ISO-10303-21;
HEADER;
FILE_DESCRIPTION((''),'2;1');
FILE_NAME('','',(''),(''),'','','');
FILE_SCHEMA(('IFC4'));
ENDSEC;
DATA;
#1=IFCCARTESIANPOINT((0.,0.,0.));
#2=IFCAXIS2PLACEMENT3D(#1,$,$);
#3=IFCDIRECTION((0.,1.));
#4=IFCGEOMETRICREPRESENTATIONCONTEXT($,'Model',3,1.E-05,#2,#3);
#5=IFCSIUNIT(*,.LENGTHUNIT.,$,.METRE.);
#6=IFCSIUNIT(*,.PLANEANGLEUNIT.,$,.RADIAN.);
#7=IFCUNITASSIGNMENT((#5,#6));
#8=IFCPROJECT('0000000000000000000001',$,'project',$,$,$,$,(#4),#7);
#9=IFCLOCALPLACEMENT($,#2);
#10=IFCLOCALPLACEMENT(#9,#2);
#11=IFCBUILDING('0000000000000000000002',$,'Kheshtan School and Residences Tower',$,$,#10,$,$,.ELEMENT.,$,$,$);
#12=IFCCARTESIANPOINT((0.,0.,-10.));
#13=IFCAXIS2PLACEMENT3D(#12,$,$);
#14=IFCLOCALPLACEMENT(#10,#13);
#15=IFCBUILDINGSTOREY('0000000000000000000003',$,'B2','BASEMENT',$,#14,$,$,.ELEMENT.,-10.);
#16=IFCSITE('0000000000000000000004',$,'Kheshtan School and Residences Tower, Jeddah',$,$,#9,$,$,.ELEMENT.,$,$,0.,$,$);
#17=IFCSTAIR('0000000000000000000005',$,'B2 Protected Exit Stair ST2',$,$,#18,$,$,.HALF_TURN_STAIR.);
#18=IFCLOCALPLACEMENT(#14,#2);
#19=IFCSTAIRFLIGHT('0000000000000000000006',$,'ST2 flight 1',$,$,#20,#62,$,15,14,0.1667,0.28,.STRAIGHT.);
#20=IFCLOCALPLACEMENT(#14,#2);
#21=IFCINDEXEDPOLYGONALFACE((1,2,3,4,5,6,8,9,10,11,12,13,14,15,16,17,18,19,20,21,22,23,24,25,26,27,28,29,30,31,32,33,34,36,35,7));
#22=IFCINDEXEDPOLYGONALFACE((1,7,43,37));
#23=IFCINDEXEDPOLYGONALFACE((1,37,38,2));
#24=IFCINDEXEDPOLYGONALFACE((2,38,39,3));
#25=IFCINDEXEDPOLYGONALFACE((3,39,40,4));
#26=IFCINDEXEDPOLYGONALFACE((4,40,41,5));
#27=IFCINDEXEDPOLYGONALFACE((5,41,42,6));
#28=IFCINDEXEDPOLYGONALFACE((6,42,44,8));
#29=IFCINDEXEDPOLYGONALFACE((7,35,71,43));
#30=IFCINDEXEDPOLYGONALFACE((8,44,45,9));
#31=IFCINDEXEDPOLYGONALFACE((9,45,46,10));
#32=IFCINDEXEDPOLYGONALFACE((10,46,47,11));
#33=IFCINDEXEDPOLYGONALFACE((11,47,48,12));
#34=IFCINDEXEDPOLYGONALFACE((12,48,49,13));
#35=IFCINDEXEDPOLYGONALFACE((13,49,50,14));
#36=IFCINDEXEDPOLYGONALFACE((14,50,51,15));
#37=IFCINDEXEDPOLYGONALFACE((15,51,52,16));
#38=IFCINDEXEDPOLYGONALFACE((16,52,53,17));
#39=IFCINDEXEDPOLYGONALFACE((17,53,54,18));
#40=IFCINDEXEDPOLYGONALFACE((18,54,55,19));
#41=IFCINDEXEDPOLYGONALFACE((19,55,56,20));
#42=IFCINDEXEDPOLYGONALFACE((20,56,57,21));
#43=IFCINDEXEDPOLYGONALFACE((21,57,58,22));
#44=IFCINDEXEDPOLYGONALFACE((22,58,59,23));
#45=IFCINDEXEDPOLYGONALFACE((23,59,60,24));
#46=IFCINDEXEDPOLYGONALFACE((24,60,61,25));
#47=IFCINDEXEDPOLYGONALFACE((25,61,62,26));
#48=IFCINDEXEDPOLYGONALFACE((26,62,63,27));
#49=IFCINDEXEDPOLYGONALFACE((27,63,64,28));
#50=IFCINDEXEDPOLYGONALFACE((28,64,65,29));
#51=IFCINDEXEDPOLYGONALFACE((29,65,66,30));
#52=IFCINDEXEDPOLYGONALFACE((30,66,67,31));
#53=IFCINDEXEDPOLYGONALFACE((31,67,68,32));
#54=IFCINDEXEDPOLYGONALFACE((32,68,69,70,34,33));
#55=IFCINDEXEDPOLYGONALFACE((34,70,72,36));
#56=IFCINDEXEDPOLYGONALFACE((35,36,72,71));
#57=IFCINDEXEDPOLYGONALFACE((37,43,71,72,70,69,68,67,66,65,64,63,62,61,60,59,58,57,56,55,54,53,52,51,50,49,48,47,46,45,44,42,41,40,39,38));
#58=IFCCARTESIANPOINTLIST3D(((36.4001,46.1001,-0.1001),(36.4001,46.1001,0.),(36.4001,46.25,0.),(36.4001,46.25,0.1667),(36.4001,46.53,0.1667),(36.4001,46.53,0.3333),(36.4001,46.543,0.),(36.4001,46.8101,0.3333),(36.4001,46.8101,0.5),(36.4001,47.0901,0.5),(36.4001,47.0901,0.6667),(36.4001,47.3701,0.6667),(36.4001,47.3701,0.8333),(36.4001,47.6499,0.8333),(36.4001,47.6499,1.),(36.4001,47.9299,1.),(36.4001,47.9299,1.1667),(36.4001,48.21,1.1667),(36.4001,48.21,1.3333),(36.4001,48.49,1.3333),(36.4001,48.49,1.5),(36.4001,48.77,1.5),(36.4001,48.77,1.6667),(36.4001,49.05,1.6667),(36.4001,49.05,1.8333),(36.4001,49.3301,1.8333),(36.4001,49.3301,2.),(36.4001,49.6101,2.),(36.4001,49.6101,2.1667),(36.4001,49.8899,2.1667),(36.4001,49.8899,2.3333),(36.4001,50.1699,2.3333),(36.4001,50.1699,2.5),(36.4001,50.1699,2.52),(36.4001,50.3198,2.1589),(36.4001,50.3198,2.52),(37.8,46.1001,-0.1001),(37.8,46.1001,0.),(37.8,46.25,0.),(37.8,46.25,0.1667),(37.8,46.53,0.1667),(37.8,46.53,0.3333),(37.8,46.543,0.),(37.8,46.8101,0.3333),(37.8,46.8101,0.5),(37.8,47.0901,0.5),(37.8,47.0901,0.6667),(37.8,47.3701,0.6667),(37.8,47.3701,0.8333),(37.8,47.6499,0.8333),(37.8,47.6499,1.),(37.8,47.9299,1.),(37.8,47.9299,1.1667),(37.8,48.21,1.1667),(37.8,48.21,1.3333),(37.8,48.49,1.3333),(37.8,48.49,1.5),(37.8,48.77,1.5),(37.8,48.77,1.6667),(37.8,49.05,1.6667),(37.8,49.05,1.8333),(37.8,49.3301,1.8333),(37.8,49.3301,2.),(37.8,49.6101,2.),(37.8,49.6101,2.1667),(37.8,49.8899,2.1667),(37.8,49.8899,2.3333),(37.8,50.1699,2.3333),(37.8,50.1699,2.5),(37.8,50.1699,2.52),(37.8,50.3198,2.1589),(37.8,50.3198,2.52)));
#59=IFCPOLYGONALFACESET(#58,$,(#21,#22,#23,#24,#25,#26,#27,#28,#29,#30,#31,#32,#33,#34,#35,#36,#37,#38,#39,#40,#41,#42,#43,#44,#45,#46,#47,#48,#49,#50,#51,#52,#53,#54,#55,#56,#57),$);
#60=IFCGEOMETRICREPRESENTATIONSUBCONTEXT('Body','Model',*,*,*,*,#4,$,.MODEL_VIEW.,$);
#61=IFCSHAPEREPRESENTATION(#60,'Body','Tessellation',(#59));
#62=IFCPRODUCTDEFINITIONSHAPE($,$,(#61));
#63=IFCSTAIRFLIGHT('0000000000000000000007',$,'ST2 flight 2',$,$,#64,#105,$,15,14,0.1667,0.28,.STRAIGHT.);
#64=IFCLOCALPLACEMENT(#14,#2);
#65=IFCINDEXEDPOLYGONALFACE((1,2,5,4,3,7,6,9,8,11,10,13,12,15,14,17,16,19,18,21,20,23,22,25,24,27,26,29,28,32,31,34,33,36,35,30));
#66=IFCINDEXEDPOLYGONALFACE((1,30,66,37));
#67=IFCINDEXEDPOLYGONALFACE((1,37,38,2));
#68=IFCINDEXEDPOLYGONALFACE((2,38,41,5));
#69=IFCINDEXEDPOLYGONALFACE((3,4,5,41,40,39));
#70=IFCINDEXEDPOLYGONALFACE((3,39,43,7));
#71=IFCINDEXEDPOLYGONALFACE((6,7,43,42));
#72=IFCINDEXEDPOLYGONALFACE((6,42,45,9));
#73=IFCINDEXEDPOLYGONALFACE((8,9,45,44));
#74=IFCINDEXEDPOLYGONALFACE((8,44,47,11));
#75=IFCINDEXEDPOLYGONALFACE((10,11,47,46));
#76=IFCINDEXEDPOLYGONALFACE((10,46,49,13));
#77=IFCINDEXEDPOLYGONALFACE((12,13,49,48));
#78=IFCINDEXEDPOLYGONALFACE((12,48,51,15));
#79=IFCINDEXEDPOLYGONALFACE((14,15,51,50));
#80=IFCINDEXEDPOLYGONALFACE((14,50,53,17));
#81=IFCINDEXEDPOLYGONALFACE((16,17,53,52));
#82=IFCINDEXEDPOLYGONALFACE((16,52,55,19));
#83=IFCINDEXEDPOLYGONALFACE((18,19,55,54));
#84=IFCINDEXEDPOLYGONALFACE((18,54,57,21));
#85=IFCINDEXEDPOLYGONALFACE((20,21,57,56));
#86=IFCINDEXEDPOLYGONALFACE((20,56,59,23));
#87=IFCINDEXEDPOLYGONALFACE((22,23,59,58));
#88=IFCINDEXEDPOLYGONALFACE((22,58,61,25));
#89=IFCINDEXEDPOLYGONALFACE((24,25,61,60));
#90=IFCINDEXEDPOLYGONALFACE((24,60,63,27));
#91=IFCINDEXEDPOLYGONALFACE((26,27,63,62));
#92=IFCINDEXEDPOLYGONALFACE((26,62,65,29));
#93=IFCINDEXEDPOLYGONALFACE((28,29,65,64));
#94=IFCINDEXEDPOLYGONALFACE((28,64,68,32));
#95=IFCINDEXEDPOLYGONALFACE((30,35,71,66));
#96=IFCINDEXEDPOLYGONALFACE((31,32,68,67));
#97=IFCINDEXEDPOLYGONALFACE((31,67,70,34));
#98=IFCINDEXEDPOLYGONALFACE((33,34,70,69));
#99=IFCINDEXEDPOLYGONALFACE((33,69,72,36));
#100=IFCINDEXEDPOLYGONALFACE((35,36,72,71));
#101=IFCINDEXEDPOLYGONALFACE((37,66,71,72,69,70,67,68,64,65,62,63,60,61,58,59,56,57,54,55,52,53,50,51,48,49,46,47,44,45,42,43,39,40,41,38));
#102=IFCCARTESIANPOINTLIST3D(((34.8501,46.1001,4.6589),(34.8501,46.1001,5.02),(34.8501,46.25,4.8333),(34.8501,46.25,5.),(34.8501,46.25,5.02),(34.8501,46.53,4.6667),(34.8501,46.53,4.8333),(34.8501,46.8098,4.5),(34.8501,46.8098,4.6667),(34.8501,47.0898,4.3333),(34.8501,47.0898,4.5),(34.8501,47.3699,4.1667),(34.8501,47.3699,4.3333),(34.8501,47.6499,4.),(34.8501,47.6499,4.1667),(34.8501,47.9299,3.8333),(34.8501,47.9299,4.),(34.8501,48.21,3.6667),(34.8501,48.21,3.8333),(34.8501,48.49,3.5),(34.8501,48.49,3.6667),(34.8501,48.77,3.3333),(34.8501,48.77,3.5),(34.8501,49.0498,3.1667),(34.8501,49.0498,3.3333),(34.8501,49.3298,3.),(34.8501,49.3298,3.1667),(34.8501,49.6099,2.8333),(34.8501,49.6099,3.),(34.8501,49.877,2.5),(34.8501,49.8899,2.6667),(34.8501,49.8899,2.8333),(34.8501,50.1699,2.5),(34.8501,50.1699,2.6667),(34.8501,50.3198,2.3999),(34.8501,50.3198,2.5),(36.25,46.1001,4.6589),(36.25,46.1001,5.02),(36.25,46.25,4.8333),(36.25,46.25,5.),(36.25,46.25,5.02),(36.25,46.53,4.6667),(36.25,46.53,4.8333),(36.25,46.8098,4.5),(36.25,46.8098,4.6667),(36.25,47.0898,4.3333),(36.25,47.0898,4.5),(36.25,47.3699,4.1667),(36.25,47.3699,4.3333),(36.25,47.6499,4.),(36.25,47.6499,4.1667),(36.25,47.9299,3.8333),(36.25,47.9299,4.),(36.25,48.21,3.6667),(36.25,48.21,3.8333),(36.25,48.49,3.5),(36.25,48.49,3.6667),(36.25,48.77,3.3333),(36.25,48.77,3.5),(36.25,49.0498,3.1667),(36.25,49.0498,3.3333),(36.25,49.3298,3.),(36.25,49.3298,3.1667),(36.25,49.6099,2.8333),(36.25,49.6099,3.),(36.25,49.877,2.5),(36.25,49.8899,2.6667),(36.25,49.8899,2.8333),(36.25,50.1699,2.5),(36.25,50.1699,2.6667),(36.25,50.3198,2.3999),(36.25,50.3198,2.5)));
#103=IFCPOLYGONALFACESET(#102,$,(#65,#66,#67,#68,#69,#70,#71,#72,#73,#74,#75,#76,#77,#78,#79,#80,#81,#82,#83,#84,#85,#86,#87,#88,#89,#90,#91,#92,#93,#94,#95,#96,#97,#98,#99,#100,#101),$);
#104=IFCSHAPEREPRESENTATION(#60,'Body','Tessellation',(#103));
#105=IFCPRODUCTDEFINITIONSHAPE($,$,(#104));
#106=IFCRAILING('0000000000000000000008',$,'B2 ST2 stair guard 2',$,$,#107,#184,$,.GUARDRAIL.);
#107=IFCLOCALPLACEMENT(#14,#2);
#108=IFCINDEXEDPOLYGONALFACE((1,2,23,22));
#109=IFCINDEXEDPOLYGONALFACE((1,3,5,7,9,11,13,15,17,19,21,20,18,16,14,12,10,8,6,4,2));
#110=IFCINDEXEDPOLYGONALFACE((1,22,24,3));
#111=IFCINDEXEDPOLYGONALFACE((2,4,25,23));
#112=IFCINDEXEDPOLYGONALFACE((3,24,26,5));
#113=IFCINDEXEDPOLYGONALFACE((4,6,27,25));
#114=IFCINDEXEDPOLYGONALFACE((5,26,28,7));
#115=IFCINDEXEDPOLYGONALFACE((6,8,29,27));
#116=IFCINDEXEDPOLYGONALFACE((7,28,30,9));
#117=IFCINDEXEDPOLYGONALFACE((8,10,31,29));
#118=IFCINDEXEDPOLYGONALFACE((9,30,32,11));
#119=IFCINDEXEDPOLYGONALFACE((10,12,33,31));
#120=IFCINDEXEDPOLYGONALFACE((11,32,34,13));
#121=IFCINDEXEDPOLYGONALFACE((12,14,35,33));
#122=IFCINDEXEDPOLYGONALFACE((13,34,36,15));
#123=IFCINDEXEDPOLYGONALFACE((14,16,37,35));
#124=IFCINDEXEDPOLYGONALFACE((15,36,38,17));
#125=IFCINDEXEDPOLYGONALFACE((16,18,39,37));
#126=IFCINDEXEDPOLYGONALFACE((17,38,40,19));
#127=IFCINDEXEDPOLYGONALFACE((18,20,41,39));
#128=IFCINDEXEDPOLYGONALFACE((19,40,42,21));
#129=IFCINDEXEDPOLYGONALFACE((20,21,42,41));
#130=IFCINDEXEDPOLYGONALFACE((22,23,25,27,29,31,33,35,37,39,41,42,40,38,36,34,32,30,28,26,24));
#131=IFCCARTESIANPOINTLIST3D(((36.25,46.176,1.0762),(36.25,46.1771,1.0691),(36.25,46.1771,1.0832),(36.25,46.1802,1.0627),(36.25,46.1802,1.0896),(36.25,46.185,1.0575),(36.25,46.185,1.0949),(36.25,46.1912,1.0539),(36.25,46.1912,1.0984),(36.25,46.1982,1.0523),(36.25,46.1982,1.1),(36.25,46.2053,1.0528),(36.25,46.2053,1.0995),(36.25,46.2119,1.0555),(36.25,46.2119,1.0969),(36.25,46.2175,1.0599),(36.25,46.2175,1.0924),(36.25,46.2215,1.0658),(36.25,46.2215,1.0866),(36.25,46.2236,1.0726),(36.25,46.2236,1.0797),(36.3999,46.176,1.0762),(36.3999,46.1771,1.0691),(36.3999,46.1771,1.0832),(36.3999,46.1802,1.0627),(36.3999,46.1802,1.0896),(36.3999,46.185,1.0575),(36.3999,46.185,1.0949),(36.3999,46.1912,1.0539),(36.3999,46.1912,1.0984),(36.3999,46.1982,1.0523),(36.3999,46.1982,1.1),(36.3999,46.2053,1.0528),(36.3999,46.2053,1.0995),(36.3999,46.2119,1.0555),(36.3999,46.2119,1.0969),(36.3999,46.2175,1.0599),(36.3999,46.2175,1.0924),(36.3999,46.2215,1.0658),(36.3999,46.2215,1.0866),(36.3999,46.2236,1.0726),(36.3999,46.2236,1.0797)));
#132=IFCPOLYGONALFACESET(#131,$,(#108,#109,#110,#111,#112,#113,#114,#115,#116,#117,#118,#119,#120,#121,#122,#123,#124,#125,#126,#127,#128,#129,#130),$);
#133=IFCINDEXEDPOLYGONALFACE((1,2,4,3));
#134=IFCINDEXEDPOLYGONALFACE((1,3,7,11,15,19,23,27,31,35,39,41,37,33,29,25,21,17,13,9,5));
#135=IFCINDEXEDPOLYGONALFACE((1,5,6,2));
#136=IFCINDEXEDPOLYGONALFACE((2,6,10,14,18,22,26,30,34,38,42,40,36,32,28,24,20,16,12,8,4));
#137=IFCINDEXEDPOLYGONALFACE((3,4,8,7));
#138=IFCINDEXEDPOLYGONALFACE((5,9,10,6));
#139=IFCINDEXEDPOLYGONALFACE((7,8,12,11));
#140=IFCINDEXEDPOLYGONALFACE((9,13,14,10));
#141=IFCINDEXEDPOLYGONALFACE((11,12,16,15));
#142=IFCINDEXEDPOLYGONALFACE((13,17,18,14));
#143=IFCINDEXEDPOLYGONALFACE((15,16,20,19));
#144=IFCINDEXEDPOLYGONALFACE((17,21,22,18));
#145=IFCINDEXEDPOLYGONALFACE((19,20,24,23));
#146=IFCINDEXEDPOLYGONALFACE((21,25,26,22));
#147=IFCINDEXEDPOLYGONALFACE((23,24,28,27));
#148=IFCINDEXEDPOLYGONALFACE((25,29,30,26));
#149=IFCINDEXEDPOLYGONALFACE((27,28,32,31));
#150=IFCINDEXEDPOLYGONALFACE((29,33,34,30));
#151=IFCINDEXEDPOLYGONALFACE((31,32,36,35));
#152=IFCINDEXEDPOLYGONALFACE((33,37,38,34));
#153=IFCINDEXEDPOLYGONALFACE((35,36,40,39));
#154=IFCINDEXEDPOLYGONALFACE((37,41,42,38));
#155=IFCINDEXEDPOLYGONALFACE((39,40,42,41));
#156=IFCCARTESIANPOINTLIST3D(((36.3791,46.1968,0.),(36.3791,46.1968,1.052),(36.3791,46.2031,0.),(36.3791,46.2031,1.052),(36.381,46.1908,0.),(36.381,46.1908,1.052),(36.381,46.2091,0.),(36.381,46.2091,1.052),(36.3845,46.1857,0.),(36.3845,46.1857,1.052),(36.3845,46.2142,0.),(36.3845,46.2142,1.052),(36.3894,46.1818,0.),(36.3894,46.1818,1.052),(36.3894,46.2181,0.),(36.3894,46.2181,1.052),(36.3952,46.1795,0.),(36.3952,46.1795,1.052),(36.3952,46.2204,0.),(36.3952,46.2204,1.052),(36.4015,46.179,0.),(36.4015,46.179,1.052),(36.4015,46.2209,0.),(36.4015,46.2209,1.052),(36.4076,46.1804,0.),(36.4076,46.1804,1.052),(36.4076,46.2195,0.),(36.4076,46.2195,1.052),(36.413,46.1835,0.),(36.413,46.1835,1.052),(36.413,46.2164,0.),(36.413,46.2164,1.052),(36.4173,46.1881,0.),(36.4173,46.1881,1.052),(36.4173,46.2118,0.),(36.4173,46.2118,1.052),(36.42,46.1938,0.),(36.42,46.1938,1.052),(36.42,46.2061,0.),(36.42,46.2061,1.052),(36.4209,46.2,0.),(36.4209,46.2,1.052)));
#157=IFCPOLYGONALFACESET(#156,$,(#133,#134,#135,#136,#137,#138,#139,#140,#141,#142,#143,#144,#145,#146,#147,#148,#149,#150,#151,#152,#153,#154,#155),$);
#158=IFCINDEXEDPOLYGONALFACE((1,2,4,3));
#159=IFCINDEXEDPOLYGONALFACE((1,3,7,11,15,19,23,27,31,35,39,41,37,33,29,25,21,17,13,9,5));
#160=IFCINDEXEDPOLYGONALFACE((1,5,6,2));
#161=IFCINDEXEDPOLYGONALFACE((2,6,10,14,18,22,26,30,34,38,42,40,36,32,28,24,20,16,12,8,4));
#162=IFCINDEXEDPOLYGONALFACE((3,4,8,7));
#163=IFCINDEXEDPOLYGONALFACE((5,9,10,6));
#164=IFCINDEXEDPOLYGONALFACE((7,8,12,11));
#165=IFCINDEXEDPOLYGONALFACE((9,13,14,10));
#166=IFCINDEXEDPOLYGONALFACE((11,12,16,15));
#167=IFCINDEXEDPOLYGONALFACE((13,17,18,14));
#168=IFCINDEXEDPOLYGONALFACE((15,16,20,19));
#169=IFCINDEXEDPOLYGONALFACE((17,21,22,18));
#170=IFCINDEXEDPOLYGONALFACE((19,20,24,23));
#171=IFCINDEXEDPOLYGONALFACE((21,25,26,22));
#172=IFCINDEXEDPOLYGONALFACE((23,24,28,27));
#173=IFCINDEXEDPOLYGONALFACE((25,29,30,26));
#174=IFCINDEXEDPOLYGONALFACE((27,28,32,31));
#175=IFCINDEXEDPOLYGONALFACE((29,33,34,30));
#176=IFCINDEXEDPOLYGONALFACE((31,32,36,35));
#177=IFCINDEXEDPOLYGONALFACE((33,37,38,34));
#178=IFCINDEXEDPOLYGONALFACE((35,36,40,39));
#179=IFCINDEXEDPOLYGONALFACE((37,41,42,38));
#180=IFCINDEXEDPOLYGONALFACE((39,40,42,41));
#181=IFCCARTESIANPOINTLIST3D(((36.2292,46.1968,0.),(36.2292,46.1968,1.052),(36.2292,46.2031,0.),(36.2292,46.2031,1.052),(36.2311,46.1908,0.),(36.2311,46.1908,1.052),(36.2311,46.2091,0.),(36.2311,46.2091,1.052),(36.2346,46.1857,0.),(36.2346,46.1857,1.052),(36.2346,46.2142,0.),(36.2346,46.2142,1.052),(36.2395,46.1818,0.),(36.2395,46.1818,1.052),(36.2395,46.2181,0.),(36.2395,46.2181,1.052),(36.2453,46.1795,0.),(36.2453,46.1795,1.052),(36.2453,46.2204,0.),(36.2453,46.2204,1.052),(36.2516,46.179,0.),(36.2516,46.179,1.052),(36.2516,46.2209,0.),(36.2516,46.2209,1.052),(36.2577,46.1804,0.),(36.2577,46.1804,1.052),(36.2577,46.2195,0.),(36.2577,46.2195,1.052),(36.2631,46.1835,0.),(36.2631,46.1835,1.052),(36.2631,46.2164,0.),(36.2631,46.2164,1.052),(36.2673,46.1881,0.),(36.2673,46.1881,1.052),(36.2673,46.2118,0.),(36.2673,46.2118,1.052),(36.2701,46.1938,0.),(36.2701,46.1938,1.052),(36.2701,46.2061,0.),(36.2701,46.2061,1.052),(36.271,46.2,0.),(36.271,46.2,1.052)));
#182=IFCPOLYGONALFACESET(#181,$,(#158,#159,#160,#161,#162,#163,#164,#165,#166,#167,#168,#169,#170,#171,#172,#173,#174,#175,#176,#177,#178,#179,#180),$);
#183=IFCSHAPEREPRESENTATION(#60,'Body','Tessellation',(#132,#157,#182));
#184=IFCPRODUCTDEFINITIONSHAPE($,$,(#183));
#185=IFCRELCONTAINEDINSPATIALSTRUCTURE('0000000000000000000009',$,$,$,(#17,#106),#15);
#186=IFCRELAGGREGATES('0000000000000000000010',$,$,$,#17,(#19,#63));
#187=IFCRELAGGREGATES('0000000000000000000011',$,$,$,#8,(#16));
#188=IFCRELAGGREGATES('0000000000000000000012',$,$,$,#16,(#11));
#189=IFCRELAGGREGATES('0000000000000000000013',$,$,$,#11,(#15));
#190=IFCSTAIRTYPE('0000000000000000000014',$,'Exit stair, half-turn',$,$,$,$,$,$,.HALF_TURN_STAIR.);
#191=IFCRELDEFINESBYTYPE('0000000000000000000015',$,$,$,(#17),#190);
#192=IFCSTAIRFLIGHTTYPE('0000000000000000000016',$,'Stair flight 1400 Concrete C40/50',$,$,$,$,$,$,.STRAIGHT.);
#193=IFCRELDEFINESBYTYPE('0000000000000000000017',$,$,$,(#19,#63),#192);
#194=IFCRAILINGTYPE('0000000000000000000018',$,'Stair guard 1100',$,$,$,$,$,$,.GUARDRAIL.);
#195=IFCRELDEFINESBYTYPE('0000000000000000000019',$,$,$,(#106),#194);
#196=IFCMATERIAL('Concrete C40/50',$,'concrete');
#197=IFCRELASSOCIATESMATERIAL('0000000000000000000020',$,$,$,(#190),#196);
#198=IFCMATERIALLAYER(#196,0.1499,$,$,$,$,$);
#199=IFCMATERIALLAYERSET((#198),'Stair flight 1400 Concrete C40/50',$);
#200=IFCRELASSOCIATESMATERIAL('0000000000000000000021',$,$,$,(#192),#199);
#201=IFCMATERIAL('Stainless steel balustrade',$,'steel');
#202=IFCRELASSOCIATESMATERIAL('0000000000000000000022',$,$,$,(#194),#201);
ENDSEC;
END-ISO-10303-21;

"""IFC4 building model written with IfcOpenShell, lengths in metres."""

from ifc_helpers import new_model, si_unit, direction, frame, origin, origin_2d, place, context, subcontext, project, spatial, polyline, circle, outline, extrude, material, layer, layer_set, type_object, element, aggregate, save


model = new_model("IFC4")

# Units and contexts
model_context = context("Model", 3, precision=1e-05, world=origin(), true_north=direction((0.0, 1.0)))
body_context = subcontext(model_context, "Body", "Model", "MODEL_VIEW")
ifc_project = project(units=[si_unit("LENGTHUNIT", "METRE"), si_unit("PLANEANGLEUNIT", "RADIAN")], contexts=[model_context])

# Site, building, storey
site_placement = place(None, origin())
site = spatial("IfcSite", under=ifc_project, at=site_placement, Name="Kheshtan School and Residences Tower, Jeddah", CompositionType="ELEMENT", RefElevation=0.0)
building_placement = place(site_placement, origin())
building = spatial("IfcBuilding", under=site, at=building_placement, Name="Kheshtan School and Residences Tower", CompositionType="ELEMENT")
storey_placement = place(building_placement, frame((0.0, 0.0, -10.0)))
storey = spatial("IfcBuildingStorey", under=building, at=storey_placement, Name="B2", Description="BASEMENT", CompositionType="ELEMENT", Elevation=-10.0)

# Shared definitions
ifc_material_1 = material(Name="Concrete C40/50", Category="concrete")

# Stair, stair flights
stair_type = type_object("IfcStairType", Name="Exit stair, half-turn", PredefinedType="HALF_TURN_STAIR", material=ifc_material_1)
stair_placement = place(storey_placement, origin())
stair = element("IfcStair", 1, at=stair_placement, inside=storey, type_object=stair_type, Name="B2 Protected Exit Stair ST2", PredefinedType="HALF_TURN_STAIR")
ifc_layer_1 = layer(ifc_material_1, 0.1499)
ifc_layer_set_1 = layer_set([ifc_layer_1], Name="Stair flight 1400 Concrete C40/50")
stair_flight_type = type_object("IfcStairFlightType", Name="Stair flight 1400 Concrete C40/50", PredefinedType="STRAIGHT", material=ifc_layer_set_1)
stair_flight_1_placement = place(storey_placement, frame((37.1001, 46.25, 0.0), z_axis=(0.0, 0.0, 1.0), x_axis=(0.0, 1.0, 0.0)))
stair_flight_1 = element("IfcStairFlight", 2, at=stair_flight_1_placement, type_object=stair_flight_type, Name="ST2 flight 1", NumberOfRisers=15, NumberOfTreads=14, PredefinedType="STRAIGHT", RiserHeight=0.1667, TreadLength=0.28, context=body_context, shape_type="SweptSolid", body=[
    extrude(outline(polyline([(-0.1499, -0.1001), (-0.1499, 0.0), (0.0, 0.0), (0.0, 0.1667), (0.28, 0.1667), (0.28, 0.3333), (0.5601, 0.3333), (0.5601, 0.5), (0.8401, 0.5), (0.8401, 0.6667), (1.1201, 0.6667), (1.1201, 0.8333), (1.3999, 0.8333), (1.3999, 1.0), (1.6799, 1.0), (1.6799, 1.1667), (1.96, 1.1667), (1.96, 1.3333), (2.24, 1.3333), (2.24, 1.5), (2.52, 1.5), (2.52, 1.6667), (2.8, 1.6667), (2.8, 1.8333), (3.0801, 1.8333), (3.0801, 2.0), (3.3601, 2.0), (3.3601, 2.1667), (3.6399, 2.1667), (3.6399, 2.3333), (3.9199, 2.3333), (3.9199, 2.5), (3.9199, 2.52), (4.0698, 2.52), (4.0698, 2.1589), (0.293, 0.0), (-0.1499, -0.1001)])), frame((0.0, 0.7, 0.0), z_axis=(0.0, -1.0, 0.0), x_axis=(1.0, 0.0, 0.0)), (0.0, 0.0, 1.0), 1.3999),
])
stair_flight_2_placement = place(storey_placement, frame((35.55, 50.1699, 2.5), z_axis=(0.0, 0.0, 1.0), x_axis=(0.0, -1.0, 0.0)))
stair_flight_2 = element("IfcStairFlight", 3, at=stair_flight_2_placement, type_object=stair_flight_type, Name="ST2 flight 2", NumberOfRisers=15, NumberOfTreads=14, PredefinedType="STRAIGHT", RiserHeight=0.1667, TreadLength=0.28, context=body_context, shape_type="SweptSolid", body=[
    extrude(outline(polyline([(-0.1499, -0.1001), (-0.1499, 0.0), (0.0, 0.0), (0.0, 0.1667), (0.28, 0.1667), (0.28, 0.3333), (0.5601, 0.3333), (0.5601, 0.5), (0.8401, 0.5), (0.8401, 0.6667), (1.1201, 0.6667), (1.1201, 0.8333), (1.3999, 0.8333), (1.3999, 1.0), (1.6799, 1.0), (1.6799, 1.1667), (1.96, 1.1667), (1.96, 1.3333), (2.24, 1.3333), (2.24, 1.5), (2.52, 1.5), (2.52, 1.6667), (2.8, 1.6667), (2.8, 1.8333), (3.0801, 1.8333), (3.0801, 2.0), (3.3601, 2.0), (3.3601, 2.1667), (3.6399, 2.1667), (3.6399, 2.3333), (3.9199, 2.3333), (3.9199, 2.5), (3.9199, 2.52), (4.0698, 2.52), (4.0698, 2.1589), (0.293, 0.0), (-0.1499, -0.1001)])), frame((0.0, 0.7, 0.0), z_axis=(0.0, -1.0, 0.0), x_axis=(1.0, 0.0, 0.0)), (0.0, 0.0, 1.0), 1.3999),
])
aggregate(stair, [stair_flight_1, stair_flight_2])

# Railing
ifc_material_2 = material(Name="Stainless steel balustrade", Category="steel")
railing_type_1 = type_object("IfcRailingType", Name="Stair guard 1100", PredefinedType="GUARDRAIL", material=ifc_material_2)
railing_1_placement = place(storey_placement, frame((36.3999, 46.2, 0.0)))
element("IfcRailing", 4, at=railing_1_placement, inside=storey, type_object=railing_type_1, Name="B2 ST2 stair guard 2", PredefinedType="GUARDRAIL", context=body_context, shape_type="SweptSolid", body=[
    extrude(circle(Radius=0.0239, at=origin_2d()), frame((0.0, 0.0, 1.0762), z_axis=(-1.0, 0.0, 0.0), x_axis=(0.0, -1.0, 0.0)), (0.0, 0.0, 1.0), 0.1499),
    extrude(circle(Radius=0.021, at=origin_2d()), origin(), (0.0, 0.0, 1.0), 1.052),
    extrude(circle(Radius=0.021, at=origin_2d()), frame((-0.1499, 0.0, 0.0)), (0.0, 0.0, 1.0), 1.052),
])

save(model, "model.ifc")
